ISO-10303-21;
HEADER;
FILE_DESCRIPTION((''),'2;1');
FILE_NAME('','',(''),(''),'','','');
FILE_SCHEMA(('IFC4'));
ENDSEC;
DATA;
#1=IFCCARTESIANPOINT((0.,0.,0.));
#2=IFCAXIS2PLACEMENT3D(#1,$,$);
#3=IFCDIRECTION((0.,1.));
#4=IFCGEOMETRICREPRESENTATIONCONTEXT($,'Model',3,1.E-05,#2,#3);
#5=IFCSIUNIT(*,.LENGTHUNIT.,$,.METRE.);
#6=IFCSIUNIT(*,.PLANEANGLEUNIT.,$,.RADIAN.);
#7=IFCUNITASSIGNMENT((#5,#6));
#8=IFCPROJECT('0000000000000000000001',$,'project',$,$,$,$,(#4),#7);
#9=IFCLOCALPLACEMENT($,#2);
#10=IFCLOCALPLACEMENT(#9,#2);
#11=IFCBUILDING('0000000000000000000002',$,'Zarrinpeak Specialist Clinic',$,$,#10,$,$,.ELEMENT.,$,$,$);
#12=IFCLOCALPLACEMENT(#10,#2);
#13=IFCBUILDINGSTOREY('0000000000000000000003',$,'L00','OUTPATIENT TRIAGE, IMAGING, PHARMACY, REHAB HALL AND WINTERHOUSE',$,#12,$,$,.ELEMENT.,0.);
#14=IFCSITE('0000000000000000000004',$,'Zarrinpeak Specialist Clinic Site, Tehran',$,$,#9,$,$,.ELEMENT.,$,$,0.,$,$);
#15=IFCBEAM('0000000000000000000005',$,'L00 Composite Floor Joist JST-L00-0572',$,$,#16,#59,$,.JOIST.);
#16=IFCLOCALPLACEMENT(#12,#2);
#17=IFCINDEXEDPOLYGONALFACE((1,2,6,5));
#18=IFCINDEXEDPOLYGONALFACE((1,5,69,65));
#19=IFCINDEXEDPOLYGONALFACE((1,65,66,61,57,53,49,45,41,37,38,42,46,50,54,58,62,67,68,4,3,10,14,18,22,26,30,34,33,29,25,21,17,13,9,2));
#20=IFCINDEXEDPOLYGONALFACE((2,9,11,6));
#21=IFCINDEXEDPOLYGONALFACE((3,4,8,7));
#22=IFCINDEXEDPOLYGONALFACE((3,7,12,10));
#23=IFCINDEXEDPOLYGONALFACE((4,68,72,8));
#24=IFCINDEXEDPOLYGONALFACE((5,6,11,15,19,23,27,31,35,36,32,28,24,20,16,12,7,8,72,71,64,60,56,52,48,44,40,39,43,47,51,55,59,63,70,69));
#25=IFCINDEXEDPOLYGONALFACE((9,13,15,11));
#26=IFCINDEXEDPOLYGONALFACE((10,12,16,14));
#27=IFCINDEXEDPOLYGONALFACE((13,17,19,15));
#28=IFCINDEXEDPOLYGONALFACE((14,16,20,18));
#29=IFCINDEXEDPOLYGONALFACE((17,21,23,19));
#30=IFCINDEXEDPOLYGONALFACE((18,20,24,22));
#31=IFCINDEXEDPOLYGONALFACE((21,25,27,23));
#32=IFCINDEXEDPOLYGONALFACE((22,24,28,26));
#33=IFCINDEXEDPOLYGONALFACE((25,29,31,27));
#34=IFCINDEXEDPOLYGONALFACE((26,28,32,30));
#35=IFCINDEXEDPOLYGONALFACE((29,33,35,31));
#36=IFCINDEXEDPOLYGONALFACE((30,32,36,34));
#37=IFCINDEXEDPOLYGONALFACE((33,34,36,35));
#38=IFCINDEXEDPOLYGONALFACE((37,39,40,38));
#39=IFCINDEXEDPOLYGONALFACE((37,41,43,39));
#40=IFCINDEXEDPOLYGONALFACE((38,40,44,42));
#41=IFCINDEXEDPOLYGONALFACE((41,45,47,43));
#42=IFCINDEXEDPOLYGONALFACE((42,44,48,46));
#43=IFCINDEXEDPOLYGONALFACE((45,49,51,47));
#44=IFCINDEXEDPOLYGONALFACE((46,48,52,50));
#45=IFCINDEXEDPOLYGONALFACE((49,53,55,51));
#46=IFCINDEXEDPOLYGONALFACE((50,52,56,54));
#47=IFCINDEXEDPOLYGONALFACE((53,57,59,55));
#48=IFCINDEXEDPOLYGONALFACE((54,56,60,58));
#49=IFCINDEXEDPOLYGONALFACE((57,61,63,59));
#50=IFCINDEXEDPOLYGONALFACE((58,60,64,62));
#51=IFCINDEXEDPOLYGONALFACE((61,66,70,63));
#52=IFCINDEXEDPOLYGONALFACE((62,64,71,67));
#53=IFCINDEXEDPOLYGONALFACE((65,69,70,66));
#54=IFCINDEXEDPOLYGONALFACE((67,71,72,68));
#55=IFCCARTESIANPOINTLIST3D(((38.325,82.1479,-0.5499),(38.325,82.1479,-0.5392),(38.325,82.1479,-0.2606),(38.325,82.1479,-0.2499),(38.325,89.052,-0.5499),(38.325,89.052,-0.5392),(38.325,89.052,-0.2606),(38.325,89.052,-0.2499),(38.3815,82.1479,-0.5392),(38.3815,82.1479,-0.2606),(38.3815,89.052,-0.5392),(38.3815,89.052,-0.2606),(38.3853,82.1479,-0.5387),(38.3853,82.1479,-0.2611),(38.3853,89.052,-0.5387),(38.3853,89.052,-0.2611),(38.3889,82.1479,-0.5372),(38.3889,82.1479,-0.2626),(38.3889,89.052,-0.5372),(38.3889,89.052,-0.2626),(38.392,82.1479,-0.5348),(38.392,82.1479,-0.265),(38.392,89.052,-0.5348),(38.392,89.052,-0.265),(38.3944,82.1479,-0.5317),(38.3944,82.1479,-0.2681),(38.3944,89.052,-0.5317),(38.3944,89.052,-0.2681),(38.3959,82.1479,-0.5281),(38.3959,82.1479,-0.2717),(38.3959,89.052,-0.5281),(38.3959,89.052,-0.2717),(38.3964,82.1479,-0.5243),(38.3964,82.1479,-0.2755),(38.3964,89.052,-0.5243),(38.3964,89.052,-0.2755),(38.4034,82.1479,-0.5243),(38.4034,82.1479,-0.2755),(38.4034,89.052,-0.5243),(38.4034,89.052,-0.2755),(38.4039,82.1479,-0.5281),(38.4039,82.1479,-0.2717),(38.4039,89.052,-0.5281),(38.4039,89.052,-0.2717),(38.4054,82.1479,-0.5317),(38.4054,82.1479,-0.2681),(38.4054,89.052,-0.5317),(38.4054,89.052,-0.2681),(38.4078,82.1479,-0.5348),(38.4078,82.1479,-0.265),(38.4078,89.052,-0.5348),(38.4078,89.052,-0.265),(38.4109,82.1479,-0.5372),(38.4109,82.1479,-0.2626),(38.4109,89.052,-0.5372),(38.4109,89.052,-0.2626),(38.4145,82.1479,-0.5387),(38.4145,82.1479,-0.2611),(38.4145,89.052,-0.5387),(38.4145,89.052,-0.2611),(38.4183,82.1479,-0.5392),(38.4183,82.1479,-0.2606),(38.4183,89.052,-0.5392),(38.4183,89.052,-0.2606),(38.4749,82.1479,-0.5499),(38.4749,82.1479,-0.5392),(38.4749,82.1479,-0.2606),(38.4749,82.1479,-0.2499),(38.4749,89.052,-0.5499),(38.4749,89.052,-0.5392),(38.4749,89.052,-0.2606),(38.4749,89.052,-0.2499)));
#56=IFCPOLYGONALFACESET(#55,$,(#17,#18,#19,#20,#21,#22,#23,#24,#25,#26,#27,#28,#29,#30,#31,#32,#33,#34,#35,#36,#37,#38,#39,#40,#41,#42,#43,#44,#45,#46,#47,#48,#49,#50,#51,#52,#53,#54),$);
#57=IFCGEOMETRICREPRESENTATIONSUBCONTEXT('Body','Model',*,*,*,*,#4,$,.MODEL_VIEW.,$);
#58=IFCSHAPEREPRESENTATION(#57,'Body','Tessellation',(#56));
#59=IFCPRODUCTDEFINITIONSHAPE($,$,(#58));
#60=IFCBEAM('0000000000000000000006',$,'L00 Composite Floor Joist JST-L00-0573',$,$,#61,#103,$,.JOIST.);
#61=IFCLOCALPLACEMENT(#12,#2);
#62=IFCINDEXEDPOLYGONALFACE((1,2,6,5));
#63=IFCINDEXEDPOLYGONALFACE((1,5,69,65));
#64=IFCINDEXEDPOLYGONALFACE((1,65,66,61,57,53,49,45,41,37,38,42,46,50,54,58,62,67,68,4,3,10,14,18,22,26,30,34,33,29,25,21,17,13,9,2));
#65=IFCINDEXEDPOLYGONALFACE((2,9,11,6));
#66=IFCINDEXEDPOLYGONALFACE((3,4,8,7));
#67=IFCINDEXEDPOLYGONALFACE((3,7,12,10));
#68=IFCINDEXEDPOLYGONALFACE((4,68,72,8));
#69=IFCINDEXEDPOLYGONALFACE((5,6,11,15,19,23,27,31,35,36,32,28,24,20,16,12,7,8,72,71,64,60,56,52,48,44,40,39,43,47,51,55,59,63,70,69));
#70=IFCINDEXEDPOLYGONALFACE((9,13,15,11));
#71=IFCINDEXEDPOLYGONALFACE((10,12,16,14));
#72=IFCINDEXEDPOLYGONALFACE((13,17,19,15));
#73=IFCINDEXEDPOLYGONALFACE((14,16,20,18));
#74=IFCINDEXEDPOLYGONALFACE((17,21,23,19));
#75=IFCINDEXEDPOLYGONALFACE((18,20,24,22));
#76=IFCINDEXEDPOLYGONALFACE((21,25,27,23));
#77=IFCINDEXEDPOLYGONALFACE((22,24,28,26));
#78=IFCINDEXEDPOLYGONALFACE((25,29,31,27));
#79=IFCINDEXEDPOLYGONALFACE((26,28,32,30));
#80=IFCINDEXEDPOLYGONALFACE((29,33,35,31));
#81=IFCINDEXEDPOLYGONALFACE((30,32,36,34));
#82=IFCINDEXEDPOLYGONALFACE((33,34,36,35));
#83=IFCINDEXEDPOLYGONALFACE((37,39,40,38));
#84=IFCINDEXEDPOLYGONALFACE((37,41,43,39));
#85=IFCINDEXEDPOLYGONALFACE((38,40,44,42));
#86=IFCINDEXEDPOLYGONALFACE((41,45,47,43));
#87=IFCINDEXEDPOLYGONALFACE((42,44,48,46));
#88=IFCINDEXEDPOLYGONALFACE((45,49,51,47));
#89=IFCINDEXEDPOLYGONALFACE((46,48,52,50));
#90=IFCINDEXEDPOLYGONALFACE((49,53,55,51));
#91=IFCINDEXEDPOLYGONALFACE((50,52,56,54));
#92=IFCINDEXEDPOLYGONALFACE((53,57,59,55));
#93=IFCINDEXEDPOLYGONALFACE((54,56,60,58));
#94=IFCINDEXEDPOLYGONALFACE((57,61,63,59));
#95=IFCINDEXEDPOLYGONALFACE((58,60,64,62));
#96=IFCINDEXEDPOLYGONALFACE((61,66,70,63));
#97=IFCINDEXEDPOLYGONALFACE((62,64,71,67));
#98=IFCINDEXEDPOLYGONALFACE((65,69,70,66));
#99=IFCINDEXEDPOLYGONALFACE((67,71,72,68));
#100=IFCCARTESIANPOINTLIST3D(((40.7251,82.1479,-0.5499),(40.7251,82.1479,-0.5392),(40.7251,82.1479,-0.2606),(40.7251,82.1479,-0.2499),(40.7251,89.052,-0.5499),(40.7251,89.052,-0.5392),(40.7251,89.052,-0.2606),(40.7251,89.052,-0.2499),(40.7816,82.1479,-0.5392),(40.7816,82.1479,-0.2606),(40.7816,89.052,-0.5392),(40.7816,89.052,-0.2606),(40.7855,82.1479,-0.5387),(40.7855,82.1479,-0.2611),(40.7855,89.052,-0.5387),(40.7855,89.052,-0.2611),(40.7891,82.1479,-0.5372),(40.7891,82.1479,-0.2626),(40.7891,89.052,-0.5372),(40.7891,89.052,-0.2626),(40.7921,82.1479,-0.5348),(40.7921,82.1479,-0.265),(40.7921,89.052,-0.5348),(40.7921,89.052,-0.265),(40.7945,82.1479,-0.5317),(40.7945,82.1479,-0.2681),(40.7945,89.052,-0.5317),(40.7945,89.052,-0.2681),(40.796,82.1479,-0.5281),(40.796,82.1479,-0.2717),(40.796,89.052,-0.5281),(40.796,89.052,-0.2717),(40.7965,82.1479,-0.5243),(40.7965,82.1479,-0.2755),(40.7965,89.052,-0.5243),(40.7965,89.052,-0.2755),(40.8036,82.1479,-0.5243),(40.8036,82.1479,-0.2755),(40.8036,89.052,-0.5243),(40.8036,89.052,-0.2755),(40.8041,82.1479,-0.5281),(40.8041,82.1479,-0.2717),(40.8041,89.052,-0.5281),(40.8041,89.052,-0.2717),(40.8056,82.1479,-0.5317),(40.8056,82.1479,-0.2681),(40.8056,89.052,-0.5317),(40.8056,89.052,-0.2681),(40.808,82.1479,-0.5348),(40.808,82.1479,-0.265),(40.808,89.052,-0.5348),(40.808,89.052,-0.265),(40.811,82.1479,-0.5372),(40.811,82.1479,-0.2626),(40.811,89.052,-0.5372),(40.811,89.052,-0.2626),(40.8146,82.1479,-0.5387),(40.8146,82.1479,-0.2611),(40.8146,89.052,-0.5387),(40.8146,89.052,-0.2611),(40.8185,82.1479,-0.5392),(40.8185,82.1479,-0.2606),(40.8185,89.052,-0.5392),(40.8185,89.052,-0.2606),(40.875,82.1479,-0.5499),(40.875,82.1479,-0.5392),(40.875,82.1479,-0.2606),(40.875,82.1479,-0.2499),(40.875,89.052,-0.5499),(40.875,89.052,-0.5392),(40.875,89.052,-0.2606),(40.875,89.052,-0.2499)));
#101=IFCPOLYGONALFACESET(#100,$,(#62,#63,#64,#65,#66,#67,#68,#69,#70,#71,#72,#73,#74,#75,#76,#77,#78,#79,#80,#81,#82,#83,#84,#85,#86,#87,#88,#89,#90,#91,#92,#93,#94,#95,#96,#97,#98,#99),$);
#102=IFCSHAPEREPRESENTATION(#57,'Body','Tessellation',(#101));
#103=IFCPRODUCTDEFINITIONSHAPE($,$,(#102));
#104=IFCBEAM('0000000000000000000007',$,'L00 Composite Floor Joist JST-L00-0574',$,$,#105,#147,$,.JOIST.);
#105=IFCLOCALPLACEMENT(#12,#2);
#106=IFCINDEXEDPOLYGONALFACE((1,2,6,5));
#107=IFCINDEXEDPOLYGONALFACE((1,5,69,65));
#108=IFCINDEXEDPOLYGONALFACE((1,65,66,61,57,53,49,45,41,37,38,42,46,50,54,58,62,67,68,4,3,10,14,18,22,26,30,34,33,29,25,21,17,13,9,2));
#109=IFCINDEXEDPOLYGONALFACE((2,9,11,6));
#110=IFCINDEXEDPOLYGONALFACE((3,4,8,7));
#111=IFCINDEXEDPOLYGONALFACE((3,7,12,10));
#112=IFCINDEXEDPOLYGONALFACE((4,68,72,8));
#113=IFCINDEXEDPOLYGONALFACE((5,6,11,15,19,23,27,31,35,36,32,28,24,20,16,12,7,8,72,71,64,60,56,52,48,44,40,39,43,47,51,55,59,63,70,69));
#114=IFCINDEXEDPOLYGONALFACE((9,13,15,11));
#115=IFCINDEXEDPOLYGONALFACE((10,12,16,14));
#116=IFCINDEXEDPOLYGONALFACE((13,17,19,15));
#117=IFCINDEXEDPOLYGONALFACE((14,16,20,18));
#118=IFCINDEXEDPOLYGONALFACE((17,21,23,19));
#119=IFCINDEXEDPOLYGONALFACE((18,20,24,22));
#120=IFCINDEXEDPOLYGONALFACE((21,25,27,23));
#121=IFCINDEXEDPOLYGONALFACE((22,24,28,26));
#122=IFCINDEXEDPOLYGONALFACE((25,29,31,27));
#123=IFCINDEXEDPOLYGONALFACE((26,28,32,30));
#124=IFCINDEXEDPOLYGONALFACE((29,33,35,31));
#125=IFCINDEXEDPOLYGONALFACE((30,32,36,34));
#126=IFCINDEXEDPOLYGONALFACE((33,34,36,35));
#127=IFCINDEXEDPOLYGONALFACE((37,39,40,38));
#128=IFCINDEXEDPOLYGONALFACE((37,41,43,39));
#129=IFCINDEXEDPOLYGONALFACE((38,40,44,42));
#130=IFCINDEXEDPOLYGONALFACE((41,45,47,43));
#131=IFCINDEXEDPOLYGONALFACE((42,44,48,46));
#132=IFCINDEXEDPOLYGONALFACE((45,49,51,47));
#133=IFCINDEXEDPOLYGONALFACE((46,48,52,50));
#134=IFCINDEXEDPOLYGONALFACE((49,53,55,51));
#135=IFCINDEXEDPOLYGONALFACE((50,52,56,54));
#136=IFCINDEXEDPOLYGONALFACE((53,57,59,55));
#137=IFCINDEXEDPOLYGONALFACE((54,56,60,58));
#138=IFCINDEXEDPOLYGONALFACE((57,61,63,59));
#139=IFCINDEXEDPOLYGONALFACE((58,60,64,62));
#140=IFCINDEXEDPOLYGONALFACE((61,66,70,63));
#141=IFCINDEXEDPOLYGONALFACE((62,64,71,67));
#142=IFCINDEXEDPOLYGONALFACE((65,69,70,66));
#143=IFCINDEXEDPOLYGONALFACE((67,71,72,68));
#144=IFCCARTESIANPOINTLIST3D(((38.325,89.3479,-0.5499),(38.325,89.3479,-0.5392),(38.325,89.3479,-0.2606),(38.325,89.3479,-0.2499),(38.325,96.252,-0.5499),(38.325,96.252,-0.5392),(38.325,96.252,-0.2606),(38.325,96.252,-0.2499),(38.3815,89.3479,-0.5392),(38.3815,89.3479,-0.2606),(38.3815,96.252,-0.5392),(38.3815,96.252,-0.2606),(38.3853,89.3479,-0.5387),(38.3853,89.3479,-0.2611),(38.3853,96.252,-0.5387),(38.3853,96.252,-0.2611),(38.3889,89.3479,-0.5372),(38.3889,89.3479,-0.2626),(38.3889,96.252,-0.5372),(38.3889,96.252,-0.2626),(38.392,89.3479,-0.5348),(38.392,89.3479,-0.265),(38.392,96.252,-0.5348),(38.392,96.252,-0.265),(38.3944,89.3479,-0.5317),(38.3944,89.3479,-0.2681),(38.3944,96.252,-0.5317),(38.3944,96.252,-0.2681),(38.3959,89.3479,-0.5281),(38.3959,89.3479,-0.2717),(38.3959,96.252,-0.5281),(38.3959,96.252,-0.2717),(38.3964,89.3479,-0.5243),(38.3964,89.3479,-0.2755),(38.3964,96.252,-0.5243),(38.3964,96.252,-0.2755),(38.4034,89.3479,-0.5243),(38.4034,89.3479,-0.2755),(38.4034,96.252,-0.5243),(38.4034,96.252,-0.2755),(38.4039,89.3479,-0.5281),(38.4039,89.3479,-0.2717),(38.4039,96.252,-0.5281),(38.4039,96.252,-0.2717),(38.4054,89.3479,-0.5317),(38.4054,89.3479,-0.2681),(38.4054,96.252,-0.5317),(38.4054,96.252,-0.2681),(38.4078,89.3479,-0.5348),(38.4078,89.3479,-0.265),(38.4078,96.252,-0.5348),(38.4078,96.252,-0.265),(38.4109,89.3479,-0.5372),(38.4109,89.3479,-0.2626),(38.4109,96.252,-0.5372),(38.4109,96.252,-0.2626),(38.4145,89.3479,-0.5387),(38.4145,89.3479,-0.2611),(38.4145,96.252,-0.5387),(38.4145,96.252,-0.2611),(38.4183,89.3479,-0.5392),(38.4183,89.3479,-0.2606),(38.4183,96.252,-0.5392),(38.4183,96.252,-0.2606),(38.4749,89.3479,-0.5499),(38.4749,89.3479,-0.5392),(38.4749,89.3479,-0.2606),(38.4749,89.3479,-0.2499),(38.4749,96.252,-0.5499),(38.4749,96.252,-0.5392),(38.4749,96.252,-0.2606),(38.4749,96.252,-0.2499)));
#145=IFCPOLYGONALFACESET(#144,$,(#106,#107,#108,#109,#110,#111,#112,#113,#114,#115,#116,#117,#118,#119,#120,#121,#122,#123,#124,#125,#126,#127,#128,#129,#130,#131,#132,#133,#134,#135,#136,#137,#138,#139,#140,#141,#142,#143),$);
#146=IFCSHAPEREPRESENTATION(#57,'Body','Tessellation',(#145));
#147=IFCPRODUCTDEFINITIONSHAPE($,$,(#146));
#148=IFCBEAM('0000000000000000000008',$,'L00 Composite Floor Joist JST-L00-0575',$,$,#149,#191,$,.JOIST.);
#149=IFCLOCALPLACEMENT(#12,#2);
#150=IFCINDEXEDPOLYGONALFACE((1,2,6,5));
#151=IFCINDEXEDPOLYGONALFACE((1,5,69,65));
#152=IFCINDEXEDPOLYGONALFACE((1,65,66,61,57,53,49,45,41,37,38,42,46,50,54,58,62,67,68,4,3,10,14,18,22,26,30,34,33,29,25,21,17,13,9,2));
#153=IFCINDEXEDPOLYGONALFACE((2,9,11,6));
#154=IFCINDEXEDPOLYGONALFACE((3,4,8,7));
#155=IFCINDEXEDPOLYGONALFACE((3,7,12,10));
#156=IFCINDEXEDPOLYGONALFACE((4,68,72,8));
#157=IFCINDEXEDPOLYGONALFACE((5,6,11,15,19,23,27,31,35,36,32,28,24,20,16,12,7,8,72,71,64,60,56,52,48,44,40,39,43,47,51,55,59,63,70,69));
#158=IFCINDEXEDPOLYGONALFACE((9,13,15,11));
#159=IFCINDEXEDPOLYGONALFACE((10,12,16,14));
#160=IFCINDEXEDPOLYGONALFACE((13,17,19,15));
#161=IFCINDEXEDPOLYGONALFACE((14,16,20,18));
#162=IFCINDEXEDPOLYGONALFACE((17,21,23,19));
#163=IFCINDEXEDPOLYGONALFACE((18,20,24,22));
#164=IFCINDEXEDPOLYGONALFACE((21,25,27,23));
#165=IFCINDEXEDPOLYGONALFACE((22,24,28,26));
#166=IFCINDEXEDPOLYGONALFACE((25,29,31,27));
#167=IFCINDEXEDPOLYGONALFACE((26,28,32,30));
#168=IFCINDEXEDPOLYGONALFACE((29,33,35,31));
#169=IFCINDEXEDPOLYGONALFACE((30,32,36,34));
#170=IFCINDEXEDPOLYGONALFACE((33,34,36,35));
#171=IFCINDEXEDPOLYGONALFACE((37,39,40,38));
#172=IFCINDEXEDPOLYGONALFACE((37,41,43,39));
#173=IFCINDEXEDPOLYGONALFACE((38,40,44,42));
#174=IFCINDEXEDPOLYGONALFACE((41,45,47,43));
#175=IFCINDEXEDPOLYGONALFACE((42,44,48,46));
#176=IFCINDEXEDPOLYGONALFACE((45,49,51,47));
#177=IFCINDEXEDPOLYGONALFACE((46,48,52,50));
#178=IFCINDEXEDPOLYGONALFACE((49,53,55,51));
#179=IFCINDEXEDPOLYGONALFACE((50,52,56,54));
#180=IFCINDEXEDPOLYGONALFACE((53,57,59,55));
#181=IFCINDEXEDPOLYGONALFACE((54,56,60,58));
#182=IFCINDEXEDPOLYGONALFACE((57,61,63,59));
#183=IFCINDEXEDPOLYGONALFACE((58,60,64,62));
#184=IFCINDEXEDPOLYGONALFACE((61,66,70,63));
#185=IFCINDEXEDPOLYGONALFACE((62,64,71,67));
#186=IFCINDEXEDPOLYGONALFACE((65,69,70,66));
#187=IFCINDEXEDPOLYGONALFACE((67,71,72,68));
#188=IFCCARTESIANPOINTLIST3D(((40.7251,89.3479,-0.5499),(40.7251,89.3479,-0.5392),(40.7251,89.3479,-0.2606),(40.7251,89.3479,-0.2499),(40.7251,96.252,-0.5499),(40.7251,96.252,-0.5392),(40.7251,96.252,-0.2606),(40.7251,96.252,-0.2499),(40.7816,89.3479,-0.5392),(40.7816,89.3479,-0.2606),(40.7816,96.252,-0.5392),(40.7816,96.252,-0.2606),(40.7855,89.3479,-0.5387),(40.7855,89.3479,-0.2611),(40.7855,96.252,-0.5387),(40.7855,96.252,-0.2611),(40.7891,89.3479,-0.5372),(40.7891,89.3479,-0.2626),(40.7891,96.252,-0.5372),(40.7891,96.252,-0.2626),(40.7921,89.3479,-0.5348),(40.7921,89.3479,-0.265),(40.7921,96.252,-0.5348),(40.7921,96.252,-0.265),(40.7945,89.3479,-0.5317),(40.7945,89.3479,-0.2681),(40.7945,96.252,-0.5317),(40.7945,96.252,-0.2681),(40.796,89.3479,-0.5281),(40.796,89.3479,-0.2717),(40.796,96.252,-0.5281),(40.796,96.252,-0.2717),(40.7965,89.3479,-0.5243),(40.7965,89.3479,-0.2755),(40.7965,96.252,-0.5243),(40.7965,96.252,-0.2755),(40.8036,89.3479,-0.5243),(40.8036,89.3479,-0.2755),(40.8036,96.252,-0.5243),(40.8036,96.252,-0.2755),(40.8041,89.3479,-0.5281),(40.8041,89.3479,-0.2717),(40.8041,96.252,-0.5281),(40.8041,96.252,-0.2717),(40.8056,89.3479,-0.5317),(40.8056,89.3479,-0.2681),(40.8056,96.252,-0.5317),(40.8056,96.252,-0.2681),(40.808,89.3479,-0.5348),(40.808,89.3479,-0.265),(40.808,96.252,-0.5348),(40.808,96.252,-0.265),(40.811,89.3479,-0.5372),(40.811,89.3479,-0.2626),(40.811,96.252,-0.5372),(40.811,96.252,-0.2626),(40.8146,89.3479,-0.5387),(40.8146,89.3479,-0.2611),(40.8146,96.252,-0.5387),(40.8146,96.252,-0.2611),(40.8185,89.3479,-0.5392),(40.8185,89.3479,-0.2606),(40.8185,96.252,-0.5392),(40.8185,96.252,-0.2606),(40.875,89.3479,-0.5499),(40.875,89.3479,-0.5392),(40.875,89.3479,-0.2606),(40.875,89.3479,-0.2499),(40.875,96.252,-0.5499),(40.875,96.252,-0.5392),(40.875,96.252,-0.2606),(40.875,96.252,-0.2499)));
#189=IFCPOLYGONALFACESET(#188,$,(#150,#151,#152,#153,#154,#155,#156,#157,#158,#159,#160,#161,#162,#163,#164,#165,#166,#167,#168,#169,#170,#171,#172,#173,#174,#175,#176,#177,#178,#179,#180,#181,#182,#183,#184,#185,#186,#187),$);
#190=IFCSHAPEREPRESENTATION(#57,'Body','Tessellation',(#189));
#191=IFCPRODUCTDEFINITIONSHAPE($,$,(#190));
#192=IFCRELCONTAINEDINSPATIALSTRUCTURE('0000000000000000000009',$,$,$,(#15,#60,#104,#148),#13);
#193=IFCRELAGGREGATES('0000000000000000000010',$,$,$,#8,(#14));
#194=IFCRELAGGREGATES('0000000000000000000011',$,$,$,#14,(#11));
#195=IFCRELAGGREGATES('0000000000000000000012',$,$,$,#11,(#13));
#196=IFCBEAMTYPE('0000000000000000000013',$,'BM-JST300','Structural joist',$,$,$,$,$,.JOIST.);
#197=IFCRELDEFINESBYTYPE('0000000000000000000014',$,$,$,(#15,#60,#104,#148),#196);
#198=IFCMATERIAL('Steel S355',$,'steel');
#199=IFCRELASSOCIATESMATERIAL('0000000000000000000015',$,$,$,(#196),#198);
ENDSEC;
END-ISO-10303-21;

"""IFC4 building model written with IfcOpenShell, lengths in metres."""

from ifc_helpers import new_model, si_unit, direction, frame, origin, origin_2d, place, context, subcontext, project, spatial, i_section, extrude, material, material_profile, profile_set, type_object, element, save


model = new_model("IFC4")

# Units and contexts
model_context = context("Model", 3, precision=1e-05, world=origin(), true_north=direction((0.0, 1.0)))
body_context = subcontext(model_context, "Body", "Model", "MODEL_VIEW")
ifc_project = project(units=[si_unit("LENGTHUNIT", "METRE"), si_unit("PLANEANGLEUNIT", "RADIAN")], contexts=[model_context])

# Site, building, storey
site_placement = place(None, origin())
site = spatial("IfcSite", under=ifc_project, at=site_placement, Name="Zarrinpeak Specialist Clinic Site, Tehran", CompositionType="ELEMENT", RefElevation=0.0)
building_placement = place(site_placement, origin())
building = spatial("IfcBuilding", under=site, at=building_placement, Name="Zarrinpeak Specialist Clinic", CompositionType="ELEMENT")
storey_placement = place(building_placement, origin())
storey = spatial("IfcBuildingStorey", under=building, at=storey_placement, Name="L00", Description="OUTPATIENT TRIAGE, IMAGING, PHARMACY, REHAB HALL AND WINTERHOUSE", CompositionType="ELEMENT", Elevation=0.0)

# Shared definitions
ifc_material_1 = material(Name="Steel S355", Category="steel")

# Beams
ifc_material_profile_1 = material_profile(ifc_material_1, i_section(OverallWidth=0.1499, OverallDepth=0.3, WebThickness=0.0071, FlangeThickness=0.0107, FilletRadius=0.0149, at=origin_2d()), Name="IPE 300")
ifc_profile_set_1 = profile_set([ifc_material_profile_1], Name="Steel S355")
beam_type_1 = type_object("IfcBeamType", Name="BM-JST300", Description="Structural joist", PredefinedType="JOIST", material=ifc_profile_set_1)
for number, where, z_axis, x_axis, name in (
    (1, (38.3999, 82.1479, -0.3999), (0.0, 1.0, 0.0), (-1.0, 0.0, 0.0), "L00 Composite Floor Joist JST-L00-0572"),
    (2, (40.8, 82.1479, -0.3999), (0.0, 1.0, 0.0), (-1.0, 0.0, 0.0), "L00 Composite Floor Joist JST-L00-0573"),
    (3, (38.3999, 89.3479, -0.3999), (0.0, 1.0, 0.0), (-1.0, 0.0, 0.0), "L00 Composite Floor Joist JST-L00-0574"),
    (4, (40.8, 89.3479, -0.3999), (0.0, 1.0, 0.0), (-1.0, 0.0, 0.0), "L00 Composite Floor Joist JST-L00-0575"),
):
    element("IfcBeam", number, at=place(storey_placement, frame(where, z_axis=z_axis, x_axis=x_axis)), inside=storey, type_object=beam_type_1, Name=name, PredefinedType="JOIST", context=body_context, shape_type="SweptSolid", body=[
        extrude(i_section(OverallWidth=0.1499, OverallDepth=0.3, WebThickness=0.0071, FlangeThickness=0.0107, FilletRadius=0.0149, at=origin_2d()), origin(), (0.0, 0.0, 1.0), 6.9041),
    ])

save(model, "model.ifc")
